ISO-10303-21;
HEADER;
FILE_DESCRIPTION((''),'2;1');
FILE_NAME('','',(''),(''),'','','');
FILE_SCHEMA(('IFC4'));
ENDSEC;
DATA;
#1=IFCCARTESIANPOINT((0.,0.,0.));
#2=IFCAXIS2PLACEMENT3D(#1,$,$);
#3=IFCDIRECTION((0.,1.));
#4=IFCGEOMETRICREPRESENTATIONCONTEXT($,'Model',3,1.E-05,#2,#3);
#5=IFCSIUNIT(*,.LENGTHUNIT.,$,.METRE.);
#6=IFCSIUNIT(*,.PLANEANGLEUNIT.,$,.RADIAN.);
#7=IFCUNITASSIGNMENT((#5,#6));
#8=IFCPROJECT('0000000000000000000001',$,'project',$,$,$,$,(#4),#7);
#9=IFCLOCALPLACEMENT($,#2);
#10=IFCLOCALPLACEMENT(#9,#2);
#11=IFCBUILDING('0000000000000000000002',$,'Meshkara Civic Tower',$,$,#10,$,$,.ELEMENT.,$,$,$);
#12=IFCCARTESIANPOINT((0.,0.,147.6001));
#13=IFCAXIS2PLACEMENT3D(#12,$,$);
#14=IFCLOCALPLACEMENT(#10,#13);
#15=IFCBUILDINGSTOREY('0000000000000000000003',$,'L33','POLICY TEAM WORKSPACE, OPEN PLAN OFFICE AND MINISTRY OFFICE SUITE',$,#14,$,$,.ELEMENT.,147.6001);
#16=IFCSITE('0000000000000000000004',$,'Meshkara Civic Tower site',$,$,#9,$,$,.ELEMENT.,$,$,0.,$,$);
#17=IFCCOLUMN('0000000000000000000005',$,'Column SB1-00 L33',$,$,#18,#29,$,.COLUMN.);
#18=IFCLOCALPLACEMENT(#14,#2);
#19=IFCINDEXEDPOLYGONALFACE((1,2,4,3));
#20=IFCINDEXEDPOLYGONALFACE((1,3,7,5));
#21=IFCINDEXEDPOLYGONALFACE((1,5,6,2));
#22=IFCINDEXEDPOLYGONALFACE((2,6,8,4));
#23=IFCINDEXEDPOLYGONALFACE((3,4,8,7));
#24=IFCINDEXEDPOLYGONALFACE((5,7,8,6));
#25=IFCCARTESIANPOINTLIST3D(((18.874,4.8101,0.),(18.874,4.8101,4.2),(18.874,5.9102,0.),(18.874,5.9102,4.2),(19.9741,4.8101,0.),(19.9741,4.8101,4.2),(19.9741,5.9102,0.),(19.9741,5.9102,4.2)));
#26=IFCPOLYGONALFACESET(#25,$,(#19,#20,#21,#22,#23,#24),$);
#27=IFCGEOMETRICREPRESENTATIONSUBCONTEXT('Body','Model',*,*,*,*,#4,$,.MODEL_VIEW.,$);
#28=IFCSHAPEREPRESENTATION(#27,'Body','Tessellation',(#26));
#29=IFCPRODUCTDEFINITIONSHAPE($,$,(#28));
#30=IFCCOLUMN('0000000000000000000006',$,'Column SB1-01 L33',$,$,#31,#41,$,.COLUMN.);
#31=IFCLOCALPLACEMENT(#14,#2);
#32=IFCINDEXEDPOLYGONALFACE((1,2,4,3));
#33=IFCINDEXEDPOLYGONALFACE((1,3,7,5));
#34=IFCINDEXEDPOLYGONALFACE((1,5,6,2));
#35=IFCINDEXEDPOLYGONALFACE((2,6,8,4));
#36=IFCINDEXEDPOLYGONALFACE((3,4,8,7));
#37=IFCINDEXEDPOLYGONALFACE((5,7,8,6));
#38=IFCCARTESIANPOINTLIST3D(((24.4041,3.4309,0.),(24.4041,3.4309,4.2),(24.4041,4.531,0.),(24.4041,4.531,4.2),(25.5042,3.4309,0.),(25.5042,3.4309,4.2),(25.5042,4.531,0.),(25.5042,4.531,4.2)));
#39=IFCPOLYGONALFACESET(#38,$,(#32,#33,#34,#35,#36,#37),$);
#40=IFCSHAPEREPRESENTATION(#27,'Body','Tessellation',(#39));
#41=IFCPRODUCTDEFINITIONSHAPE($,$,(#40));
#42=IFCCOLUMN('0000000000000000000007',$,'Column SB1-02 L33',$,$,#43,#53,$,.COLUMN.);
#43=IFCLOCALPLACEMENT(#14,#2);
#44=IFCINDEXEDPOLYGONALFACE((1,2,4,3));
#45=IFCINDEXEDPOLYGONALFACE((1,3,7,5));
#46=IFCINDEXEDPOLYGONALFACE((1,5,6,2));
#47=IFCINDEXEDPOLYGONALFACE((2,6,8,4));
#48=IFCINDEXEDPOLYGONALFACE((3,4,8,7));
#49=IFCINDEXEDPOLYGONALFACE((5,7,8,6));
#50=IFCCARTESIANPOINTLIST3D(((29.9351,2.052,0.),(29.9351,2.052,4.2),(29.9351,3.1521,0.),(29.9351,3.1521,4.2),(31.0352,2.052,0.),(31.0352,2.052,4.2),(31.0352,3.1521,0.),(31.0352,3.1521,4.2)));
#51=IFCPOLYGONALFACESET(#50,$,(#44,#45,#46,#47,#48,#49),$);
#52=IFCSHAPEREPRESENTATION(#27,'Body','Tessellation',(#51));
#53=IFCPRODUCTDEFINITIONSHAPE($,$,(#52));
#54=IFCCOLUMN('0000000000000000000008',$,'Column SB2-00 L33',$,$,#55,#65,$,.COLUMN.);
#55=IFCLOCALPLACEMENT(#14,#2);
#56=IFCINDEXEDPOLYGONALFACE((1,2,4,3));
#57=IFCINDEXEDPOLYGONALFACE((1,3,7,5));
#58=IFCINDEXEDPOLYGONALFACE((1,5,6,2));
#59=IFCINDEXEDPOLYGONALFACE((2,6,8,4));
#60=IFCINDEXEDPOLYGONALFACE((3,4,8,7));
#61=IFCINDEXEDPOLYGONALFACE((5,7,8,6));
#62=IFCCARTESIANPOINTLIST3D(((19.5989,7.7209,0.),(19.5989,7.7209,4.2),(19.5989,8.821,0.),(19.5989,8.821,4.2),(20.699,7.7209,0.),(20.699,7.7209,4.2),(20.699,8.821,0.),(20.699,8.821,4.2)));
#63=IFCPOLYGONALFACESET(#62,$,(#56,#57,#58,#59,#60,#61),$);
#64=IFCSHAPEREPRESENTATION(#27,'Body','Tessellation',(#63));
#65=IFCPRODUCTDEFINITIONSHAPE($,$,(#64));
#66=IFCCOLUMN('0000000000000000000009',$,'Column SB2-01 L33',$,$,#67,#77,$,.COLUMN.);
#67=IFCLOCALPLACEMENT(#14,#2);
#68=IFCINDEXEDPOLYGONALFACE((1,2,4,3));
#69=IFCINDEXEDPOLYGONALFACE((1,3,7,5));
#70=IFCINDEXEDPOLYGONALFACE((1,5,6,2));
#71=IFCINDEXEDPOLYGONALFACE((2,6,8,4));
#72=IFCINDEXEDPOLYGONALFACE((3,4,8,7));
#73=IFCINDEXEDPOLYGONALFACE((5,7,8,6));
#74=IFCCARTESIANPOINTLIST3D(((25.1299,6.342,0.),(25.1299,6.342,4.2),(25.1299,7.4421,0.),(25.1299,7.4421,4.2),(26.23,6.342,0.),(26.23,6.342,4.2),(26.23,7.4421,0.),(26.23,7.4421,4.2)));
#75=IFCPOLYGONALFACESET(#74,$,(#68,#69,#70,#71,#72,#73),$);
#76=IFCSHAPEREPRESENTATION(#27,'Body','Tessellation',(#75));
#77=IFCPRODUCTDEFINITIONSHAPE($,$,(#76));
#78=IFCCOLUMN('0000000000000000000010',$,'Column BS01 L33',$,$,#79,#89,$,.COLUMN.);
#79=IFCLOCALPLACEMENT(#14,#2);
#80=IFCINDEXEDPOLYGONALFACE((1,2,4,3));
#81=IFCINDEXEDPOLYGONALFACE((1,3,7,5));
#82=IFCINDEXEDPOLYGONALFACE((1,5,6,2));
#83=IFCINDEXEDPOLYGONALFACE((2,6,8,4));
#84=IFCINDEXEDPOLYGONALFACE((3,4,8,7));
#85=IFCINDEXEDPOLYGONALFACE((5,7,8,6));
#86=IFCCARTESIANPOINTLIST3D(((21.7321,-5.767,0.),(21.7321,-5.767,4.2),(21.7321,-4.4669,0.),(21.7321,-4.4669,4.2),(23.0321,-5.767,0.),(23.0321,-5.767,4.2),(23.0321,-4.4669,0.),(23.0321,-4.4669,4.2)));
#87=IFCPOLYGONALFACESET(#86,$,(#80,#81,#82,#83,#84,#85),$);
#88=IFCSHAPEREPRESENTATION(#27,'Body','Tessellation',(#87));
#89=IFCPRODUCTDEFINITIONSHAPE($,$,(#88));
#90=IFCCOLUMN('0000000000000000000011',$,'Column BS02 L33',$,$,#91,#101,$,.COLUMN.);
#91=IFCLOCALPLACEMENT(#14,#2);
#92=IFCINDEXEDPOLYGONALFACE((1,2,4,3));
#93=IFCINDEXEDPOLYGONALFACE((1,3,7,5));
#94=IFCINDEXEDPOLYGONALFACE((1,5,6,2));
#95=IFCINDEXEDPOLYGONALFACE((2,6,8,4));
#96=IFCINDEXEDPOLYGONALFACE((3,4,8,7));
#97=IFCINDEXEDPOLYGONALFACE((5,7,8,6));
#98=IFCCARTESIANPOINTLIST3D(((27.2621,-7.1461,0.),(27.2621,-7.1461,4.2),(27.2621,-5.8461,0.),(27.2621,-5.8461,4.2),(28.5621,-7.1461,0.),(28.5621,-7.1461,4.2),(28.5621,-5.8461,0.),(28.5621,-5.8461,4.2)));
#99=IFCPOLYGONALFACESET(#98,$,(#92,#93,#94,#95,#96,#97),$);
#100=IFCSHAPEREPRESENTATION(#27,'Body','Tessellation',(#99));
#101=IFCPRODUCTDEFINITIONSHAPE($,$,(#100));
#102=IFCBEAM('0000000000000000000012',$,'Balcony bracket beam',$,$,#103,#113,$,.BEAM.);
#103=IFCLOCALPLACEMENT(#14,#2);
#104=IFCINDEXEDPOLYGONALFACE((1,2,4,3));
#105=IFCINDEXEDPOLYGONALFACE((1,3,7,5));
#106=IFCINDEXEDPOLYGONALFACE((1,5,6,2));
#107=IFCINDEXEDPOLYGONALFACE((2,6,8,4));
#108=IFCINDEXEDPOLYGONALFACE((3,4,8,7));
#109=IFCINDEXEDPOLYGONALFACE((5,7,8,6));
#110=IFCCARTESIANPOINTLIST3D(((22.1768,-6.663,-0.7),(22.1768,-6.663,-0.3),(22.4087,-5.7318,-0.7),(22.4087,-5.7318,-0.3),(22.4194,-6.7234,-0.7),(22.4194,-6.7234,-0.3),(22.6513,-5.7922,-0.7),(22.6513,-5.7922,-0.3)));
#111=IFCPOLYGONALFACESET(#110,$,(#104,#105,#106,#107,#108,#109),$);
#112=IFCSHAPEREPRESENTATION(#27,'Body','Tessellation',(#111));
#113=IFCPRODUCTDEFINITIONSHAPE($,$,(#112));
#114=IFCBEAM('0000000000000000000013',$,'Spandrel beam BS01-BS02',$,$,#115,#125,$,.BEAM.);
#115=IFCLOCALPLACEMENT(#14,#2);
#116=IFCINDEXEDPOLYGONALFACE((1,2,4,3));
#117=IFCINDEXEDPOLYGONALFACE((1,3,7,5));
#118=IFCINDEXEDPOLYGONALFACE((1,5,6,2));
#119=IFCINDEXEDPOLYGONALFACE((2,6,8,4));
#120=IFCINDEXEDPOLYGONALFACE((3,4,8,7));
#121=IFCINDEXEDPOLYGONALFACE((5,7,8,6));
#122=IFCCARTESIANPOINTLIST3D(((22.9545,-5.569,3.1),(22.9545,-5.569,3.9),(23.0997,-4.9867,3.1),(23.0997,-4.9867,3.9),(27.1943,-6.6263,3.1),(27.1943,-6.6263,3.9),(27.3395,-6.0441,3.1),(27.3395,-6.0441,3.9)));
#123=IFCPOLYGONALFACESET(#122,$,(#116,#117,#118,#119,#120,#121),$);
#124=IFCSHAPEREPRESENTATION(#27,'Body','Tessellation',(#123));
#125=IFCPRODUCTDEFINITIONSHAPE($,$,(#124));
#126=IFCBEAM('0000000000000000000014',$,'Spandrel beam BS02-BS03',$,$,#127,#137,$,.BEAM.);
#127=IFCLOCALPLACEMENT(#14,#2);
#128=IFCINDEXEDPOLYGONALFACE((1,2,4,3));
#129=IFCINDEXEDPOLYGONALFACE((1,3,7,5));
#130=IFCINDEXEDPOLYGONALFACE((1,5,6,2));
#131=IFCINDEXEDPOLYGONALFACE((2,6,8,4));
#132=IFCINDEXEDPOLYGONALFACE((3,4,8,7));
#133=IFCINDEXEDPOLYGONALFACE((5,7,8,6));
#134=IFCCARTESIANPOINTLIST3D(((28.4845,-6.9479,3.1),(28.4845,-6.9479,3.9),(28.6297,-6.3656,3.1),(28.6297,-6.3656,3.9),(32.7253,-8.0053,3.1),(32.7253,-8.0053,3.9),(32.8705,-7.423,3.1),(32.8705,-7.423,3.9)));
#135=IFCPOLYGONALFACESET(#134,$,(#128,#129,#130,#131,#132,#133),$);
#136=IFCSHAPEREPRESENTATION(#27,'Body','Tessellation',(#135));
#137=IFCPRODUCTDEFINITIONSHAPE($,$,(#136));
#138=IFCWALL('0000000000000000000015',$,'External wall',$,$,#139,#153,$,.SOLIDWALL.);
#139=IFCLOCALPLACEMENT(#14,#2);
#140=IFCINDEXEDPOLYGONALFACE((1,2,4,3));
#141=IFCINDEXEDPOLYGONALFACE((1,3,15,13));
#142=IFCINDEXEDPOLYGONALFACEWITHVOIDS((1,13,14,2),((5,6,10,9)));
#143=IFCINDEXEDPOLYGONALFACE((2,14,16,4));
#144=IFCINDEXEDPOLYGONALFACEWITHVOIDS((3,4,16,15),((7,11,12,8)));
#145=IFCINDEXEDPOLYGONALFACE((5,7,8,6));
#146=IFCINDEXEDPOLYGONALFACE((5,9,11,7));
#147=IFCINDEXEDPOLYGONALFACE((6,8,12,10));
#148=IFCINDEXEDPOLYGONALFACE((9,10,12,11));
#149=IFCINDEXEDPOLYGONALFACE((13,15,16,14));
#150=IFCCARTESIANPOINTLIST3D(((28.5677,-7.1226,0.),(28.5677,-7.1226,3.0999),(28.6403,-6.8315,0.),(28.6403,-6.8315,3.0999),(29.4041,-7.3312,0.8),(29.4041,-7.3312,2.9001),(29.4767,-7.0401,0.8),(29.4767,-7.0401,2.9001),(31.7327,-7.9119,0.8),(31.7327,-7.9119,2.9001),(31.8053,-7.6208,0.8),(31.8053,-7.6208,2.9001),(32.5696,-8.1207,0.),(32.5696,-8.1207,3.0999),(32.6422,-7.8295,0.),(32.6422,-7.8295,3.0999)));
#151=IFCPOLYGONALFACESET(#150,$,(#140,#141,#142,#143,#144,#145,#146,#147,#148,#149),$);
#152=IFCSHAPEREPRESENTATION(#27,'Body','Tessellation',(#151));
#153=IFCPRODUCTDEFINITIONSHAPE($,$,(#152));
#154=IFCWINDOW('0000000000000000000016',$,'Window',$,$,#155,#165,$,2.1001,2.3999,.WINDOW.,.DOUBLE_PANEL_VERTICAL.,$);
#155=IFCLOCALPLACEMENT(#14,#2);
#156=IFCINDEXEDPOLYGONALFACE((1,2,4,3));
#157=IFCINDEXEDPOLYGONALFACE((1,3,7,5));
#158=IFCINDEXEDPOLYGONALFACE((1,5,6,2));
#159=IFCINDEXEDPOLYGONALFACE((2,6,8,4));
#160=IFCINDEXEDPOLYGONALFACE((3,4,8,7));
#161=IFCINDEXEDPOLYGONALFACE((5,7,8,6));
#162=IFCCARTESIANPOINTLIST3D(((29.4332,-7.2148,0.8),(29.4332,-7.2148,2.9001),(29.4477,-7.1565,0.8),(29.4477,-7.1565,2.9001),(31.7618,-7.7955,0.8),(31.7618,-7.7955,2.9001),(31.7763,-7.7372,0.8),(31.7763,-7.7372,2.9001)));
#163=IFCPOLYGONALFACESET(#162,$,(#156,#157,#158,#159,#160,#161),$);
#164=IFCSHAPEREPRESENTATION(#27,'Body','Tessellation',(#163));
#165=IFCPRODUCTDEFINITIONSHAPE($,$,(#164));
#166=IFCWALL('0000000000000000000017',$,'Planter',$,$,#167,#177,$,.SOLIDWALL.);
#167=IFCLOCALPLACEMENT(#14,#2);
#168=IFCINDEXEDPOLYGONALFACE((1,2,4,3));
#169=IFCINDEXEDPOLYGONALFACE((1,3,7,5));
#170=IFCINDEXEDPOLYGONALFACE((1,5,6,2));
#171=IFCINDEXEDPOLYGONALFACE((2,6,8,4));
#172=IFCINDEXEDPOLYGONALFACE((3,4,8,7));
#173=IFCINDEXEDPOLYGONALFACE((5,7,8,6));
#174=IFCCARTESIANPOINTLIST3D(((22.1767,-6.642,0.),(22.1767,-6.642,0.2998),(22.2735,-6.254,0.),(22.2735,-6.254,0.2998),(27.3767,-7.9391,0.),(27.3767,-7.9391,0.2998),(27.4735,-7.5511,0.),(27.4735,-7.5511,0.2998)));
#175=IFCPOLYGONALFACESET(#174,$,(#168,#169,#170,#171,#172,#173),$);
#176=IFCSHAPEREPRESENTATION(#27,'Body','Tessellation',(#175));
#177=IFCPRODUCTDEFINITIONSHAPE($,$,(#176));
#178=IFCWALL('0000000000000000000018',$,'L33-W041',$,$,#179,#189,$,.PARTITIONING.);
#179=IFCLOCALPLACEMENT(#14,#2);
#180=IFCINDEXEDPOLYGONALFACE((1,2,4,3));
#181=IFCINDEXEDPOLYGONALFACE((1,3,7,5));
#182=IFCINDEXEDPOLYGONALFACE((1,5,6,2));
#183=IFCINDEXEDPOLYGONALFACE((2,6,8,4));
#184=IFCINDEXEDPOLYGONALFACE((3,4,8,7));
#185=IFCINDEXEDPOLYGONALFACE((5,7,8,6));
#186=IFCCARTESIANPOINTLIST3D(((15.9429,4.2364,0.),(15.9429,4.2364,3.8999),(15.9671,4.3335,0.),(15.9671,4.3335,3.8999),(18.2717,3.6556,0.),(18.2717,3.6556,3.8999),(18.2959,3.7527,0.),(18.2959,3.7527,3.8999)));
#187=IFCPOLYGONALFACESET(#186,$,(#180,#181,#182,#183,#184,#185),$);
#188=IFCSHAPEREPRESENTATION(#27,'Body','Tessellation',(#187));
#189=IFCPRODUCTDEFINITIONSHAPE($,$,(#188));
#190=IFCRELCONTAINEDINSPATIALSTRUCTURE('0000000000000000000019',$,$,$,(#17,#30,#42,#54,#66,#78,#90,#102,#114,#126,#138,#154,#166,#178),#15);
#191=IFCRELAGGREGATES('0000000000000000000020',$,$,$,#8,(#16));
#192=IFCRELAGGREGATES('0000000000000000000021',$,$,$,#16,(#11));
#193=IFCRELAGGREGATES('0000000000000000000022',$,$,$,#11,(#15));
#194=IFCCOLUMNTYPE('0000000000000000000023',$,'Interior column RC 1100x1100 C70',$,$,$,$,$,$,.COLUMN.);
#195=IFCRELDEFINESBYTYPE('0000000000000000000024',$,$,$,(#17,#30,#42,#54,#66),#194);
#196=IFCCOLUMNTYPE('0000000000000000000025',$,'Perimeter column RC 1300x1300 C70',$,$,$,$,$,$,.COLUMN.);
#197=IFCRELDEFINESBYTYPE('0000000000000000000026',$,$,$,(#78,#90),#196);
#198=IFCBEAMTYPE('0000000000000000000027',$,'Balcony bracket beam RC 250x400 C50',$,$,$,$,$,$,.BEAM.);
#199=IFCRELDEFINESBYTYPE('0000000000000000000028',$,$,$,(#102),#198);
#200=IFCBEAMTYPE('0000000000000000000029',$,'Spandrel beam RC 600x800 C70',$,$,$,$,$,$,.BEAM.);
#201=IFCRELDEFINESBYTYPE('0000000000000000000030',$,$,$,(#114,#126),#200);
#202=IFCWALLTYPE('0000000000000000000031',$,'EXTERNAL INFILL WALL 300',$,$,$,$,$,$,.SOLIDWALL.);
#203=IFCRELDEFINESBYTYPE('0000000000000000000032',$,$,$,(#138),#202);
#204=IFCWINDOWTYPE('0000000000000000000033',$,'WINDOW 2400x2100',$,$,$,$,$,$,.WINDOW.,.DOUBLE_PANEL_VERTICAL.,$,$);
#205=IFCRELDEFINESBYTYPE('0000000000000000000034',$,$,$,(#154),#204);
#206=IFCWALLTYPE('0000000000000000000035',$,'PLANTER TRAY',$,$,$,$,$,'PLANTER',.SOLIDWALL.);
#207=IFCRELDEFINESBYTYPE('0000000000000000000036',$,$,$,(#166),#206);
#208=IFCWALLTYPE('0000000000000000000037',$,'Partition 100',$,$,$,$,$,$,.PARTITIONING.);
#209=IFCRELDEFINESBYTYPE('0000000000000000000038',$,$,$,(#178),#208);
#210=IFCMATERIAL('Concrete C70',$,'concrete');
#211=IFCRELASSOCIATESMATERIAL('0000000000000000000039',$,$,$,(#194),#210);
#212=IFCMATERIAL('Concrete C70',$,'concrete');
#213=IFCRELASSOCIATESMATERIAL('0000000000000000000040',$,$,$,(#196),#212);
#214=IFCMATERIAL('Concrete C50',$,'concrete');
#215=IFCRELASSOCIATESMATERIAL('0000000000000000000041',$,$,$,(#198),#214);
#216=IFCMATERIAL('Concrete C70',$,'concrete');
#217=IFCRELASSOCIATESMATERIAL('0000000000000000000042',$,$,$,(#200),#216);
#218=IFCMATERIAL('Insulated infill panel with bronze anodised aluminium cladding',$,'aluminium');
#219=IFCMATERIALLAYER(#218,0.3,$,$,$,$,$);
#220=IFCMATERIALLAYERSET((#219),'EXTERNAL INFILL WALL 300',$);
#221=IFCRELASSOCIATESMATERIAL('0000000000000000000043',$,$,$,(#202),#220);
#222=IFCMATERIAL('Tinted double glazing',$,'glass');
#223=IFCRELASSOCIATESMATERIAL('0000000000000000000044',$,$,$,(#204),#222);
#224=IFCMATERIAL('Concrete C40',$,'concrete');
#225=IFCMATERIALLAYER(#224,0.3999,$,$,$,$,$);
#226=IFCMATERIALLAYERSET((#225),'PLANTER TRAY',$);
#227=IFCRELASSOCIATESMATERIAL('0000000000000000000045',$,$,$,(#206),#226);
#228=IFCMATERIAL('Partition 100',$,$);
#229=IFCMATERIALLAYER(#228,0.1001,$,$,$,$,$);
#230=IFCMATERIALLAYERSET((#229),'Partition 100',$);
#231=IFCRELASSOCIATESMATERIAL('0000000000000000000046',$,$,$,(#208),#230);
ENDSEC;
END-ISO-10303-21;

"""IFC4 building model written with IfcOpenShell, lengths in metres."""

from ifc_helpers import new_model, si_unit, direction, frame, frame_2d, origin, origin_2d, place, context, subcontext, project, spatial, rectangle, extrude, material, layer, layer_set, material_profile, profile_set, type_object, element, fill, save


model = new_model("IFC4")

# Units and contexts
model_context = context("Model", 3, precision=1e-05, world=origin(), true_north=direction((0.0, 1.0)))
body_context = subcontext(model_context, "Body", "Model", "MODEL_VIEW")
ifc_project = project(units=[si_unit("LENGTHUNIT", "METRE"), si_unit("PLANEANGLEUNIT", "RADIAN")], contexts=[model_context])

# Site, building, storey
site_placement = place(None, origin())
site = spatial("IfcSite", under=ifc_project, at=site_placement, Name="Meshkara Civic Tower site", CompositionType="ELEMENT", RefElevation=0.0)
building_placement = place(site_placement, origin())
building = spatial("IfcBuilding", under=site, at=building_placement, Name="Meshkara Civic Tower", CompositionType="ELEMENT")
storey_placement = place(building_placement, frame((0.0, 0.0, 147.6001)))
storey = spatial("IfcBuildingStorey", under=building, at=storey_placement, Name="L33", Description="POLICY TEAM WORKSPACE, OPEN PLAN OFFICE AND MINISTRY OFFICE SUITE", CompositionType="ELEMENT", Elevation=147.6001)

# Columns
ifc_material_1 = material(Name="Concrete C70", Category="concrete")
ifc_material_profile_1 = material_profile(ifc_material_1, rectangle(XDim=1.1001, YDim=1.1001, at=origin_2d()))
ifc_profile_set_1 = profile_set([ifc_material_profile_1], Name="Concrete C70")
column_type_1 = type_object("IfcColumnType", Name="Interior column RC 1100x1100 C70", PredefinedType="COLUMN", material=ifc_profile_set_1)
for number, where, z_axis, x_axis, name in (
    (1, (19.4241, 5.3601, 0.0), (0.0, 0.0, 1.0), (1.0, 0.0, 0.0), "Column SB1-00 L33"),
    (2, (24.9541, 3.981, 0.0), (0.0, 0.0, 1.0), (1.0, 0.0, 0.0), "Column SB1-01 L33"),
    (3, (30.4851, 2.6021, 0.0), (0.0, 0.0, 1.0), (1.0, 0.0, 0.0), "Column SB1-02 L33"),
    (4, (20.1489, 8.271, 0.0), (0.0, 0.0, 1.0), (1.0, 0.0, 0.0), "Column SB2-00 L33"),
    (5, (25.6799, 6.8921, 0.0), (0.0, 0.0, 1.0), (1.0, 0.0, 0.0), "Column SB2-01 L33"),
):
    element("IfcColumn", number, at=place(storey_placement, frame(where, z_axis=z_axis, x_axis=x_axis)), inside=storey, type_object=column_type_1, Name=name, PredefinedType="COLUMN", context=body_context, shape_type="SweptSolid", body=[
        extrude(rectangle(XDim=1.1001, YDim=1.1001, at=origin_2d()), origin(), (0.0, 0.0, 1.0), 4.2),
    ])
ifc_material_2 = material(Name="Concrete C70", Category="concrete")
ifc_material_profile_2 = material_profile(ifc_material_2, rectangle(XDim=1.3, YDim=1.3, at=origin_2d()))
ifc_profile_set_2 = profile_set([ifc_material_profile_2], Name="Concrete C70")
column_type_2 = type_object("IfcColumnType", Name="Perimeter column RC 1300x1300 C70", PredefinedType="COLUMN", material=ifc_profile_set_2)
for number, where, z_axis, x_axis, name in (
    (6, (22.3821, -5.1169, 0.0), (0.0, 0.0, 1.0), (1.0, 0.0, 0.0), "Column BS01 L33"),
    (7, (27.9121, -6.4961, 0.0), (0.0, 0.0, 1.0), (1.0, 0.0, 0.0), "Column BS02 L33"),
):
    element("IfcColumn", number, at=place(storey_placement, frame(where, z_axis=z_axis, x_axis=x_axis)), inside=storey, type_object=column_type_2, Name=name, PredefinedType="COLUMN", context=body_context, shape_type="SweptSolid", body=[
        extrude(rectangle(XDim=1.3, YDim=1.3, at=origin_2d()), origin(), (0.0, 0.0, 1.0), 4.2),
    ])

# Beams
ifc_material_3 = material(Name="Concrete C50", Category="concrete")
ifc_material_profile_3 = material_profile(ifc_material_3, rectangle(XDim=0.25, YDim=0.3999, at=origin_2d()))
ifc_profile_set_3 = profile_set([ifc_material_profile_3], Name="Concrete C50")
beam_type_1 = type_object("IfcBeamType", Name="Balcony bracket beam RC 250x400 C50", PredefinedType="BEAM", material=ifc_profile_set_3)
beam_1_placement = place(storey_placement, frame((22.53, -5.762, -0.5), z_axis=(-0.241697, -0.970352, 0.0), x_axis=(0.970352, -0.241697, 0.0)))
element("IfcBeam", 8, at=beam_1_placement, inside=storey, type_object=beam_type_1, Name="Balcony bracket beam", PredefinedType="BEAM", context=body_context, shape_type="SweptSolid", body=[
    extrude(rectangle(XDim=0.25, YDim=0.3999, at=origin_2d()), origin(), (0.0, 0.0, 1.0), 0.9597),
])
ifc_material_4 = material(Name="Concrete C70", Category="concrete")
ifc_material_profile_4 = material_profile(ifc_material_4, rectangle(XDim=0.6001, YDim=0.8, at=origin_2d()))
ifc_profile_set_4 = profile_set([ifc_material_profile_4], Name="Concrete C70")
beam_type_2 = type_object("IfcBeamType", Name="Spandrel beam RC 600x800 C70", PredefinedType="BEAM", material=ifc_profile_set_4)
beam_2_placement = place(storey_placement, frame((23.0271, -5.2778, 3.5), z_axis=(0.97028, -0.241983, 0.0), x_axis=(0.241983, 0.97028, 0.0)))
element("IfcBeam", 9, at=beam_2_placement, inside=storey, type_object=beam_type_2, Name="Spandrel beam BS01-BS02", PredefinedType="BEAM", context=body_context, shape_type="SweptSolid", body=[
    extrude(rectangle(XDim=0.6001, YDim=0.8, at=origin_2d()), origin(), (0.0, 0.0, 1.0), 4.3696),
])
beam_3_placement = place(storey_placement, frame((28.5571, -6.6567, 3.5), z_axis=(0.970293, -0.241931, 0.0), x_axis=(0.241931, 0.970293, 0.0)))
element("IfcBeam", 10, at=beam_3_placement, inside=storey, type_object=beam_type_2, Name="Spandrel beam BS02-BS03", PredefinedType="BEAM", context=body_context, shape_type="SweptSolid", body=[
    extrude(rectangle(XDim=0.6001, YDim=0.8, at=origin_2d()), origin(), (0.0, 0.0, 1.0), 4.3706),
])

# Wall, opening, window
ifc_material_5 = material(Name="Insulated infill panel with bronze anodised aluminium cladding", Category="aluminium")
ifc_layer_1 = layer(ifc_material_5, 0.3)
ifc_layer_set_1 = layer_set([ifc_layer_1], Name="EXTERNAL INFILL WALL 300")
wall_type_1 = type_object("IfcWallType", Name="EXTERNAL INFILL WALL 300", PredefinedType="SOLIDWALL", material=ifc_layer_set_1)
wall_1_placement = place(storey_placement, frame((28.604, -6.9771, 0.0), z_axis=(0.0, 0.0, 1.0), x_axis=(0.970282, -0.241978, 0.0)))
wall_1 = element("IfcWall", 11, at=wall_1_placement, inside=storey, type_object=wall_type_1, Name="External wall", PredefinedType="SOLIDWALL", context=body_context, shape_type="SweptSolid", body=[
    extrude(rectangle(XDim=4.1245, YDim=0.3, at=frame_2d((2.0623, 0.0))), origin(), (0.0, 0.0, 1.0), 3.0999),
])
opening_1_placement = place(wall_1_placement, frame((0.8621, 0.0, 0.8)))
opening_1 = element("IfcOpeningElement", 12, at=opening_1_placement, cuts=wall_1, PredefinedType="OPENING", context=body_context, shape_type="SweptSolid", body=[
    extrude(rectangle(XDim=2.3999, YDim=2.1001, at=frame_2d((1.2, 1.05))), frame((0.0, 0.1599, 0.0), z_axis=(0.0, -1.0, 0.0), x_axis=(1.0, 0.0, 0.0)), (0.0, 0.0, 1.0), 0.3201),
])
ifc_material_6 = material(Name="Tinted double glazing", Category="glass")
window_type = type_object("IfcWindowType", Name="WINDOW 2400x2100", PartitioningType="DOUBLE_PANEL_VERTICAL", PredefinedType="WINDOW", material=ifc_material_6)
window_placement = place(opening_1_placement, origin())
window = element("IfcWindow", 13, at=window_placement, inside=storey, type_object=window_type, Name="Window", OverallHeight=2.1001, OverallWidth=2.3999, PartitioningType="DOUBLE_PANEL_VERTICAL", PredefinedType="WINDOW", context=body_context, shape_type="SweptSolid", body=[
    extrude(rectangle(XDim=2.3999, YDim=2.1001, at=frame_2d((1.2, 1.05))), frame((0.0, 0.03, 0.0), z_axis=(0.0, -1.0, 0.0), x_axis=(1.0, 0.0, 0.0)), (0.0, 0.0, 1.0), 0.0601),
])
fill(opening_1, window)

# Walls
ifc_material_7 = material(Name="Concrete C40", Category="concrete")
ifc_layer_2 = layer(ifc_material_7, 0.3999)
ifc_layer_set_2 = layer_set([ifc_layer_2], Name="PLANTER TRAY")
wall_type_2 = type_object("IfcWallType", Name="PLANTER TRAY", ElementType="PLANTER", PredefinedType="SOLIDWALL", material=ifc_layer_set_2)
wall_2_placement = place(storey_placement, frame((22.2251, -6.448, 0.0), z_axis=(0.0, 0.0, 1.0), x_axis=(0.970268, -0.242032, 0.0)))
element("IfcWall", 14, at=wall_2_placement, inside=storey, type_object=wall_type_2, Name="Planter", PredefinedType="SOLIDWALL", context=body_context, shape_type="SweptSolid", body=[
    extrude(rectangle(XDim=5.3594, YDim=0.3999, at=frame_2d((2.6797, 0.0))), origin(), (0.0, 0.0, 1.0), 0.2998),
])
ifc_material_8 = material(Name="Partition 100")
ifc_layer_3 = layer(ifc_material_8, 0.1001)
ifc_layer_set_3 = layer_set([ifc_layer_3], Name="Partition 100")
wall_type_3 = type_object("IfcWallType", Name="Partition 100", PredefinedType="PARTITIONING", material=ifc_layer_set_3)
wall_3_placement = place(storey_placement, frame((18.2839, 3.7041, 0.0), z_axis=(0.0, 0.0, 1.0), x_axis=(-0.97028, 0.241985, 0.0)))
element("IfcWall", 15, at=wall_3_placement, inside=storey, type_object=wall_type_3, Name="L33-W041", PredefinedType="PARTITIONING", context=body_context, shape_type="SweptSolid", body=[
    extrude(rectangle(XDim=2.4001, YDim=0.1001, at=frame_2d((1.2002, 0.0))), origin(), (0.0, 0.0, 1.0), 3.8999),
])

save(model, "model.ifc")
